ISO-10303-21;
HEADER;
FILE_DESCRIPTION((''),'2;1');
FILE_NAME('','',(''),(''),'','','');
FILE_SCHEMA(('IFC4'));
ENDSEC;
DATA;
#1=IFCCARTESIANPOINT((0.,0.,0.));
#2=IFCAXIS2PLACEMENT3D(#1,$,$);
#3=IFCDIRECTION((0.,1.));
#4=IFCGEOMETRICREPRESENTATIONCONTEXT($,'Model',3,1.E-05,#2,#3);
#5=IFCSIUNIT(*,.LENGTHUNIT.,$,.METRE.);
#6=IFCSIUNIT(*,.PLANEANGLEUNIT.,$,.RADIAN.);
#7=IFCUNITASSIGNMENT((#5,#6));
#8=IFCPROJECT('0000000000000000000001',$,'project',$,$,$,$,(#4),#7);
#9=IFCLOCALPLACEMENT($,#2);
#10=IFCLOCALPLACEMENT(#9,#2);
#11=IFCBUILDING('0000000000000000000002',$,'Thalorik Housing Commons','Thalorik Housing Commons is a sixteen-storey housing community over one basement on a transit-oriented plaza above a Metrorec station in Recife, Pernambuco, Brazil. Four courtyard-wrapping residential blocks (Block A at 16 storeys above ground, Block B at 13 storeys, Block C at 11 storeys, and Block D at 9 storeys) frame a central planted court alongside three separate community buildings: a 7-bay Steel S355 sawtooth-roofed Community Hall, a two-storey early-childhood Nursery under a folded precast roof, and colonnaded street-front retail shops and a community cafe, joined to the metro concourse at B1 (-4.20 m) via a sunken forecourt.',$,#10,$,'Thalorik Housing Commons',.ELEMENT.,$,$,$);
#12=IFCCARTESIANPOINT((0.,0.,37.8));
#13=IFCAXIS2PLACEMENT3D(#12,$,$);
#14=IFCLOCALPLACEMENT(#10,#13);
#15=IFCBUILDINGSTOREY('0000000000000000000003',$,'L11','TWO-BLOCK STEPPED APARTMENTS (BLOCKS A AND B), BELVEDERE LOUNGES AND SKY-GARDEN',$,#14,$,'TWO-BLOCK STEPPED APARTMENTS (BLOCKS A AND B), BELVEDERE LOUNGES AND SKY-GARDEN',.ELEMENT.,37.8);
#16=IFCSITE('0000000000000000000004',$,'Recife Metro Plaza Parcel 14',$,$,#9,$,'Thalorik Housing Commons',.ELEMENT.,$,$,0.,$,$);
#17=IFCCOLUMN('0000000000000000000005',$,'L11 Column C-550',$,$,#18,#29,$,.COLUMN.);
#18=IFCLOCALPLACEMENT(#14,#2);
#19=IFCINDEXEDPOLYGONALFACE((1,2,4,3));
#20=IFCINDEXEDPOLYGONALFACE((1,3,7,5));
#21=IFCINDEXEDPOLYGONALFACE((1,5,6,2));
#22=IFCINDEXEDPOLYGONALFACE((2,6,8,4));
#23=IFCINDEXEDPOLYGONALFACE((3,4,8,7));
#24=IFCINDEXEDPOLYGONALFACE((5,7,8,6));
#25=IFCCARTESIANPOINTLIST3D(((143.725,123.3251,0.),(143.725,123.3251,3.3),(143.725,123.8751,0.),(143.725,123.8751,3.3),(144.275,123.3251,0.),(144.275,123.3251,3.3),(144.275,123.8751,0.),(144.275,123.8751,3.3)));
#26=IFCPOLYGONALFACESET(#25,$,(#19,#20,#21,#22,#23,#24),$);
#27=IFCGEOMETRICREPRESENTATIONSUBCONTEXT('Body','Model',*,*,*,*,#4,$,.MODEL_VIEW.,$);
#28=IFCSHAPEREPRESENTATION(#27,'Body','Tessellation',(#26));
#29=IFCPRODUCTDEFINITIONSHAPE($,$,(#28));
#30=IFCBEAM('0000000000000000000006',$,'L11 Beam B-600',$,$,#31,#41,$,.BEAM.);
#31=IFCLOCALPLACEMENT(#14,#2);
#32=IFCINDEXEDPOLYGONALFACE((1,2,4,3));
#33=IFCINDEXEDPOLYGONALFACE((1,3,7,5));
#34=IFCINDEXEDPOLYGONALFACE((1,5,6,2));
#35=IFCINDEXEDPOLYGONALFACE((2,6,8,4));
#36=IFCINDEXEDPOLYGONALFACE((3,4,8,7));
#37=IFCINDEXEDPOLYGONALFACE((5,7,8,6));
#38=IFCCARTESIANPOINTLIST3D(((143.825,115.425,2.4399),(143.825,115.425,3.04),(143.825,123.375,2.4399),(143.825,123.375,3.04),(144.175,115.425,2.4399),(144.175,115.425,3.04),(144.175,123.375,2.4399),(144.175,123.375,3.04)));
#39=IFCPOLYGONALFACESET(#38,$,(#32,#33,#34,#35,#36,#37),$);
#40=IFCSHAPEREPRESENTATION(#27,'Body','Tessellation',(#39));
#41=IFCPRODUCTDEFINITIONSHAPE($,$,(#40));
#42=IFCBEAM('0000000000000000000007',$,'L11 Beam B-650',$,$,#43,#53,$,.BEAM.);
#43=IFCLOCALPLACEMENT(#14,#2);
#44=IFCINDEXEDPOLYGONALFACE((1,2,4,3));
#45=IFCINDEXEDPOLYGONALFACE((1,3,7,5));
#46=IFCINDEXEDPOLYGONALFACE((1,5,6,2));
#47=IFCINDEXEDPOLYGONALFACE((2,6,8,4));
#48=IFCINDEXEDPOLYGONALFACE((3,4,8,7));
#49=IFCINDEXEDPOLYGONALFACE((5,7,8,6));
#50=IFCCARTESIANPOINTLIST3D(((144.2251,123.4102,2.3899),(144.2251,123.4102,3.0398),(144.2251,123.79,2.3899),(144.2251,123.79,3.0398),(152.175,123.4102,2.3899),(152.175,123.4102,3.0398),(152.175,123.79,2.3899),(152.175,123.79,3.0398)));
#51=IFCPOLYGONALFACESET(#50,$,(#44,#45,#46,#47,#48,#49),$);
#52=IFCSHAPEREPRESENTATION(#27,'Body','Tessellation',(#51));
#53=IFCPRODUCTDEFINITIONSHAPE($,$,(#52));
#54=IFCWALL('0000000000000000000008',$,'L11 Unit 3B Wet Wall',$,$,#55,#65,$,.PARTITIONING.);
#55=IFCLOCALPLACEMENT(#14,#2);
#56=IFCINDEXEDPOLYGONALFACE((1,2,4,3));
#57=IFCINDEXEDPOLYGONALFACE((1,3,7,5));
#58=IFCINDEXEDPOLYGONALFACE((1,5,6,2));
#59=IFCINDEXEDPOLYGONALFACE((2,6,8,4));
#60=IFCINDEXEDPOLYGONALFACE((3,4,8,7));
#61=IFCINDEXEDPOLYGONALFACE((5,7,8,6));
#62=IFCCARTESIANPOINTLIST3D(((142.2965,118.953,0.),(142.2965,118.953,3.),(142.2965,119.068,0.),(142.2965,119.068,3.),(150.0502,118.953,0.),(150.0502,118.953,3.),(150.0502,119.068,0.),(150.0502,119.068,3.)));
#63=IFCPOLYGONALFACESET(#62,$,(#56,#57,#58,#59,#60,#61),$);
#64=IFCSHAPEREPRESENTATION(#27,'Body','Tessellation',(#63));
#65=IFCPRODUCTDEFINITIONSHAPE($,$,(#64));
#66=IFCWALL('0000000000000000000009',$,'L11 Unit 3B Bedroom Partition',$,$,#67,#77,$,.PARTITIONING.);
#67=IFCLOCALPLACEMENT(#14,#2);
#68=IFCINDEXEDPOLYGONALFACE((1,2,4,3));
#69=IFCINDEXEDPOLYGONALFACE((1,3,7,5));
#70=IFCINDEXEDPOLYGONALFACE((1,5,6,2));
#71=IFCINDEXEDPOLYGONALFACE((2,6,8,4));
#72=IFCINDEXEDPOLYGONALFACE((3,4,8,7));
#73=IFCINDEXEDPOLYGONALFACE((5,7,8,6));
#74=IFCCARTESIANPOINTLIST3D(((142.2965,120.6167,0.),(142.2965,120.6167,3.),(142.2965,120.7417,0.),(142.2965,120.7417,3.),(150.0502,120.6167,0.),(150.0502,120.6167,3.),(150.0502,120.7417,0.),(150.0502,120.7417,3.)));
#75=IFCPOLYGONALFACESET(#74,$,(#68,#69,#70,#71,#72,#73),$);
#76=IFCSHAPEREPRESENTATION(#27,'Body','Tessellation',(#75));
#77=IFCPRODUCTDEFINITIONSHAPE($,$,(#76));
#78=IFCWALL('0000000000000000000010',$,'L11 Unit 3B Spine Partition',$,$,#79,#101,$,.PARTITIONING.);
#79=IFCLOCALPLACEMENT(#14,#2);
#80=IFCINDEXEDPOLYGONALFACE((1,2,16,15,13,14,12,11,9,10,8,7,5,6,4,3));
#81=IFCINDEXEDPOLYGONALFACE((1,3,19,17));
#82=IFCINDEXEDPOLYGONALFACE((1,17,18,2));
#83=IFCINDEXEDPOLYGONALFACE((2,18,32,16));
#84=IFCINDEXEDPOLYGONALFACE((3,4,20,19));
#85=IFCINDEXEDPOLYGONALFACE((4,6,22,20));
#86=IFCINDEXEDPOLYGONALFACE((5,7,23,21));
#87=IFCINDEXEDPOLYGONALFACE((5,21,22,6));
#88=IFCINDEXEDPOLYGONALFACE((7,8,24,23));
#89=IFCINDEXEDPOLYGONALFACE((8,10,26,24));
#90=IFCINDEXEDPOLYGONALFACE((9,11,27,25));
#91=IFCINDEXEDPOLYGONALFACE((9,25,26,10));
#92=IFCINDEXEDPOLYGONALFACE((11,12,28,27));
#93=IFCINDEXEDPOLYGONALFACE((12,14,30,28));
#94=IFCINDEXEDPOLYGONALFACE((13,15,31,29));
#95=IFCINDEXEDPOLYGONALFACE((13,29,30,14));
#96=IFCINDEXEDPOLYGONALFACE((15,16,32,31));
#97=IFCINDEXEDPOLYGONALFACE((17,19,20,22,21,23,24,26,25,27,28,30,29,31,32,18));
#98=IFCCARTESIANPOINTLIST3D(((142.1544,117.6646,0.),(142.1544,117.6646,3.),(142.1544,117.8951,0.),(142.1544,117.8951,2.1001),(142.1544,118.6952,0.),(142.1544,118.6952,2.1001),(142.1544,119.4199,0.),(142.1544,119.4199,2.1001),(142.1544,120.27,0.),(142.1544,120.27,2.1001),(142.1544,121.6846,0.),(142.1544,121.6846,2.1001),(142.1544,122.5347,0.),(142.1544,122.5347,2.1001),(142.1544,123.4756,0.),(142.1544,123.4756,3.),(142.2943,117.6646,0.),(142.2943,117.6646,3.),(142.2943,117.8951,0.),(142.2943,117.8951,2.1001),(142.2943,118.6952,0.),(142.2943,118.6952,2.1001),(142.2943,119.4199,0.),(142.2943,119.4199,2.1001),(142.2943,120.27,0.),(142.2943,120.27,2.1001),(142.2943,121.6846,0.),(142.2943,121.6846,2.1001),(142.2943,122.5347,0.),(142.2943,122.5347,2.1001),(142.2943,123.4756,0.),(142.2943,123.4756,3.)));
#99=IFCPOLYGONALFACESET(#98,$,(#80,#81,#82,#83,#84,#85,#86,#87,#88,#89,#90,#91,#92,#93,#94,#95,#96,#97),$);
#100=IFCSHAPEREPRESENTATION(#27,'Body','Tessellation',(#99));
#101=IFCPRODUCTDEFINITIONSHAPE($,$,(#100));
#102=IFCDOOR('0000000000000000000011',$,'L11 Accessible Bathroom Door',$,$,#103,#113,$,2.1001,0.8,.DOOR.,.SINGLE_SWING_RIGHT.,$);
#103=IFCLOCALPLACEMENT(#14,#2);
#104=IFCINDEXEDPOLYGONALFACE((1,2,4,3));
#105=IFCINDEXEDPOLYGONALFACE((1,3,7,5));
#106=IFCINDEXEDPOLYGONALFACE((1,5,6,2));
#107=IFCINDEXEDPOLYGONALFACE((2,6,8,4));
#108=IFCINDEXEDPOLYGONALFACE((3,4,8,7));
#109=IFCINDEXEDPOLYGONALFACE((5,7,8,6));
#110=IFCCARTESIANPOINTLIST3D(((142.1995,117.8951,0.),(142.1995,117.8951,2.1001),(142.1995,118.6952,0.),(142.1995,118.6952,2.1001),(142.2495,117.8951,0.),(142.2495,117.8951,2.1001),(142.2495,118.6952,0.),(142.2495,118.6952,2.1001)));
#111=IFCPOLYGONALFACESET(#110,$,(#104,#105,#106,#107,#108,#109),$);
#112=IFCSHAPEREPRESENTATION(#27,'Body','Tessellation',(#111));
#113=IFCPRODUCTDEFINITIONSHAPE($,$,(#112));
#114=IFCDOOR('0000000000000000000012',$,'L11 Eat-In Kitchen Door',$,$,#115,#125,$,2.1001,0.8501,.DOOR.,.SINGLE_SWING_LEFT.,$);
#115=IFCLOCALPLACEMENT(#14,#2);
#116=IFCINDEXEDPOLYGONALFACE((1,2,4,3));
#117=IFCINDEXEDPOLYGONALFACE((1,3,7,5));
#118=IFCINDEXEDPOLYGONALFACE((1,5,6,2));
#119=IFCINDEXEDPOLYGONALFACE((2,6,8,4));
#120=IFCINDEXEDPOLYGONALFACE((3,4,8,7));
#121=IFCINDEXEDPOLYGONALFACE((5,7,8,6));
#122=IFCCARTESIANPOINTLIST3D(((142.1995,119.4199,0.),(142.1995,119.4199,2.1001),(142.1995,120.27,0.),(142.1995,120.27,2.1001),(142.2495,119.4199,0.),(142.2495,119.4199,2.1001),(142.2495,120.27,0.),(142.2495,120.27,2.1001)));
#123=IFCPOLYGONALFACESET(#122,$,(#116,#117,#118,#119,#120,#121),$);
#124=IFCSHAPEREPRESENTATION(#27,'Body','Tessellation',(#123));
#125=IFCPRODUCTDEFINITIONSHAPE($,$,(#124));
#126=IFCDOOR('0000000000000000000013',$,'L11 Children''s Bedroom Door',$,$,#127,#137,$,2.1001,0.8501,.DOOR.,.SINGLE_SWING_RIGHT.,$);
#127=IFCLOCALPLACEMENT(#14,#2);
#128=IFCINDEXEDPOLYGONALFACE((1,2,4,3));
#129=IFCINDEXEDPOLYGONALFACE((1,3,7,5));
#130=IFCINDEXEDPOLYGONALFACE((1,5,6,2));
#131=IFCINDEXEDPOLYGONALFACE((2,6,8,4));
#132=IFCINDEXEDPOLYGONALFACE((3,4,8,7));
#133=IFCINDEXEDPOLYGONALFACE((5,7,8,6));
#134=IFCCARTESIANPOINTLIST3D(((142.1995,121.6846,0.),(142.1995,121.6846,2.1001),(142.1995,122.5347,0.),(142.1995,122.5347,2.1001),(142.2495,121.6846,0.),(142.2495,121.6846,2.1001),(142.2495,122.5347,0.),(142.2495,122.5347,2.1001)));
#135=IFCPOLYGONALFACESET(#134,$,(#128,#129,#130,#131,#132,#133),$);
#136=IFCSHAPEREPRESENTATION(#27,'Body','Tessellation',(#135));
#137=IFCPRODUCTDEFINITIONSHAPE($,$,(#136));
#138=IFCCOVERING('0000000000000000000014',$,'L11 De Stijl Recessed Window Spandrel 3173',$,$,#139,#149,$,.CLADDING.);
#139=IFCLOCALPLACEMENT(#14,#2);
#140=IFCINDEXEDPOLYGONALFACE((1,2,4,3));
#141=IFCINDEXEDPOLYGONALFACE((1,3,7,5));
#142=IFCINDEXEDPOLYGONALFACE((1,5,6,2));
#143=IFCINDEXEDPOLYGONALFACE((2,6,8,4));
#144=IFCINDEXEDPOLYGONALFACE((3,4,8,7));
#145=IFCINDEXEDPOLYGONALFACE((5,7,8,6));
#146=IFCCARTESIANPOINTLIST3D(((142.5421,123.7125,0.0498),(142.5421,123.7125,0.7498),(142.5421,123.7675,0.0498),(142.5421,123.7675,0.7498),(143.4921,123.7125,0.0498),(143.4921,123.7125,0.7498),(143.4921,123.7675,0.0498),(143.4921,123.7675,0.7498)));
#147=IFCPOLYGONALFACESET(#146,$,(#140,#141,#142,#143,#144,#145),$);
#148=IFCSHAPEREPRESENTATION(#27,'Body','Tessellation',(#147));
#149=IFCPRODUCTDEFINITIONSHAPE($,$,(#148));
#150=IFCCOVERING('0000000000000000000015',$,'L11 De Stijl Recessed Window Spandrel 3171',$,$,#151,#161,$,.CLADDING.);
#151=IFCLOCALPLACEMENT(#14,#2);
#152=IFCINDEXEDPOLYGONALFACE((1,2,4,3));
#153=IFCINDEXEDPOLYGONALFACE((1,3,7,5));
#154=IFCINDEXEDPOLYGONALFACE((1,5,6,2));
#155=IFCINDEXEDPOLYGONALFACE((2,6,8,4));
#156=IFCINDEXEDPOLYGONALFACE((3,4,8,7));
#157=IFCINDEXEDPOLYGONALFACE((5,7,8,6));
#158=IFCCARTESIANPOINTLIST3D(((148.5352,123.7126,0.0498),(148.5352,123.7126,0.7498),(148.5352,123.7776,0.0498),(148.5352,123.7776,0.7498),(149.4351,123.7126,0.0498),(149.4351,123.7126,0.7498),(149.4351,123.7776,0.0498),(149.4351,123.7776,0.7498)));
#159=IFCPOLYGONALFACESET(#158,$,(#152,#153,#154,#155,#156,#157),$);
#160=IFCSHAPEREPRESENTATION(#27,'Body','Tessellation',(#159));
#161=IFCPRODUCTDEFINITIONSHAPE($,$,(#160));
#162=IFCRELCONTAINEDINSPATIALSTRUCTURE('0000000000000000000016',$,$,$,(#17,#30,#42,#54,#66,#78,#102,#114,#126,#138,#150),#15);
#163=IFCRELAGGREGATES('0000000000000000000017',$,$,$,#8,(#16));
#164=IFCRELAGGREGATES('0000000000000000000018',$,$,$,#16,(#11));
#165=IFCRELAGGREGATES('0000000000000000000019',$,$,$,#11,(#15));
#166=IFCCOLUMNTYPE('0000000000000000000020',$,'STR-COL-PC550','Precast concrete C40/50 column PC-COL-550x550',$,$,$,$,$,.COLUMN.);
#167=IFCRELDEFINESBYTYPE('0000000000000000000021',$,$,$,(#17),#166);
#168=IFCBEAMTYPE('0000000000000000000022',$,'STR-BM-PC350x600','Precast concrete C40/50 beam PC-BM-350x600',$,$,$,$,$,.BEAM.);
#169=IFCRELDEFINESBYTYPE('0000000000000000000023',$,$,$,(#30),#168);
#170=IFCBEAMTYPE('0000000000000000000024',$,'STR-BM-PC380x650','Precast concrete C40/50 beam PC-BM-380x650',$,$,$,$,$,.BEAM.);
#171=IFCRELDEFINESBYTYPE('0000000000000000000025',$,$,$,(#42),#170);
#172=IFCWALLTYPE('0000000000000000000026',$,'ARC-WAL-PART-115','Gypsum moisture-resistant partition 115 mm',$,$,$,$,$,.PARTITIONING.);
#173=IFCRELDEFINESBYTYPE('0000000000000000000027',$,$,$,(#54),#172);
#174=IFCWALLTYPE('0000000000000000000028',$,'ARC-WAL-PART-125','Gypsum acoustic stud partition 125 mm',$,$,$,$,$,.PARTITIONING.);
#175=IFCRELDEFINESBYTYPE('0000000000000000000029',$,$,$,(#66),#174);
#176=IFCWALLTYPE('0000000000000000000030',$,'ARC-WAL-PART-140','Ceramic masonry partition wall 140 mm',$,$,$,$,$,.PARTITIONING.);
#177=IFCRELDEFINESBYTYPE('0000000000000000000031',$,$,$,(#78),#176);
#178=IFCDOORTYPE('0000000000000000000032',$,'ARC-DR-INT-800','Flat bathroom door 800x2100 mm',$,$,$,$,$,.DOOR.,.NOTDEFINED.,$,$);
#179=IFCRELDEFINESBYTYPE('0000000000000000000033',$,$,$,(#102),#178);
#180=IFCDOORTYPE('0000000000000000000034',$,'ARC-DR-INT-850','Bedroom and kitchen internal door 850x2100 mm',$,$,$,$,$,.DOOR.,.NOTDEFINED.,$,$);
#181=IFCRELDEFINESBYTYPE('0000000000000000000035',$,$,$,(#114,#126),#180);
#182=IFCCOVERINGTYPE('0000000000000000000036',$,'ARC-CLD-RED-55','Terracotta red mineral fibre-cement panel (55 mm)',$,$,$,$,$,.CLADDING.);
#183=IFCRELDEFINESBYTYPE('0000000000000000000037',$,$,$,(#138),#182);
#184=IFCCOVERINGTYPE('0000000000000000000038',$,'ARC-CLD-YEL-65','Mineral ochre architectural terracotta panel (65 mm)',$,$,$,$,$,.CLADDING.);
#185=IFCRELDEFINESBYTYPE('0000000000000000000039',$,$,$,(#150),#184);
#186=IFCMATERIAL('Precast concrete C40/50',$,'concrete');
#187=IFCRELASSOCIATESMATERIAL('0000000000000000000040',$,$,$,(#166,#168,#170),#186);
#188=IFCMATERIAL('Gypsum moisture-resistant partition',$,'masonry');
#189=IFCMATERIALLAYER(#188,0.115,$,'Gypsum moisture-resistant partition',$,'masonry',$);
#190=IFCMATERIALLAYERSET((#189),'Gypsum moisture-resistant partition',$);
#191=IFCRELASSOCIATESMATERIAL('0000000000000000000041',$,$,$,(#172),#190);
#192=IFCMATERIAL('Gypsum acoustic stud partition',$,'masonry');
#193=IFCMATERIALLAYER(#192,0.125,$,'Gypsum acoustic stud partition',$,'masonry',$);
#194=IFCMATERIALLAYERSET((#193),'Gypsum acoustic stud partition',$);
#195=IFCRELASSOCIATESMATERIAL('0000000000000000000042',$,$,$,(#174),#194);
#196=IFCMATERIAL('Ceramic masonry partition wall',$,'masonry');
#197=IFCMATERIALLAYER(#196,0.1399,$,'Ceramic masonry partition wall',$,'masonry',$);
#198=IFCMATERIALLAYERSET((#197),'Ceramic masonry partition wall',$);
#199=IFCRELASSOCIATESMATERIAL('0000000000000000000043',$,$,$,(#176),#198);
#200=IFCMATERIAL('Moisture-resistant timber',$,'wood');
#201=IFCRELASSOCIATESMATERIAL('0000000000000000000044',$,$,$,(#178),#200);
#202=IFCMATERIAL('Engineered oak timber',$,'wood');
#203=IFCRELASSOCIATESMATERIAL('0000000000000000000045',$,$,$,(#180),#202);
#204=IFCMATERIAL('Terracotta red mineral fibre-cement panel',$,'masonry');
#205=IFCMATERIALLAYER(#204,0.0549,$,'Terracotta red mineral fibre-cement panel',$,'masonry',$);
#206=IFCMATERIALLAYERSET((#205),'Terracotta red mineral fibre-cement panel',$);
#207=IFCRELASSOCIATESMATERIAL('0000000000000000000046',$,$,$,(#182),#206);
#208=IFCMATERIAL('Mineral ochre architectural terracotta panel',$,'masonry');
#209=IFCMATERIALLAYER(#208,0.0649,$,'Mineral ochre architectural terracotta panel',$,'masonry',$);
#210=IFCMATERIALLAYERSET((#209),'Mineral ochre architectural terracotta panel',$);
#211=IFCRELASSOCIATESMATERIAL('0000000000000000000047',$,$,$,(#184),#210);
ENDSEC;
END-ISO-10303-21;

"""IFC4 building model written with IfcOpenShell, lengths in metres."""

from ifc_helpers import new_model, si_unit, direction, frame, frame_2d, origin, origin_2d, place, context, subcontext, project, spatial, rectangle, extrude, material, layer, layer_set, material_profile, profile_set, type_object, element, fill, save


model = new_model("IFC4")

# Units and contexts
model_context = context("Model", 3, precision=1e-05, world=origin(), true_north=direction((0.0, 1.0)))
body_context = subcontext(model_context, "Body", "Model", "MODEL_VIEW")
ifc_project = project(units=[si_unit("LENGTHUNIT", "METRE"), si_unit("PLANEANGLEUNIT", "RADIAN")], contexts=[model_context])

# Site, building, storey
site_placement = place(None, origin())
site = spatial("IfcSite", under=ifc_project, at=site_placement, Name="Recife Metro Plaza Parcel 14", LongName="Thalorik Housing Commons", CompositionType="ELEMENT", RefElevation=0.0)
building_placement = place(site_placement, origin())
building = spatial("IfcBuilding", under=site, at=building_placement, Name="Thalorik Housing Commons", Description="Thalorik Housing Commons is a sixteen-storey housing community over one basement on a transit-oriented plaza above a Metrorec station in Recife, Pernambuco, Brazil. Four courtyard-wrapping residential blocks (Block A at 16 storeys above ground, Block B at 13 storeys, Block C at 11 storeys, and Block D at 9 storeys) frame a central planted court alongside three separate community buildings: a 7-bay Steel S355 sawtooth-roofed Community Hall, a two-storey early-childhood Nursery under a folded precast roof, and colonnaded street-front retail shops and a community cafe, joined to the metro concourse at B1 (-4.20 m) via a sunken forecourt.", LongName="Thalorik Housing Commons", CompositionType="ELEMENT")
storey_placement = place(building_placement, frame((0.0, 0.0, 37.8)))
storey = spatial("IfcBuildingStorey", under=building, at=storey_placement, Name="L11", Description="TWO-BLOCK STEPPED APARTMENTS (BLOCKS A AND B), BELVEDERE LOUNGES AND SKY-GARDEN", LongName="TWO-BLOCK STEPPED APARTMENTS (BLOCKS A AND B), BELVEDERE LOUNGES AND SKY-GARDEN", CompositionType="ELEMENT", Elevation=37.8)

# Column
ifc_material_1 = material(Name="Precast concrete C40/50", Category="concrete")
ifc_material_profile_1 = material_profile(ifc_material_1, rectangle(XDim=0.55, YDim=0.55, at=origin_2d()), Name="PC 550x550", Category="concrete")
ifc_profile_set_1 = profile_set([ifc_material_profile_1], Name="Precast concrete C40/50")
column_type = type_object("IfcColumnType", Name="STR-COL-PC550", Description="Precast concrete C40/50 column PC-COL-550x550", PredefinedType="COLUMN", material=ifc_profile_set_1)
column_placement = place(storey_placement, frame((144.0, 123.6001, 0.0), z_axis=(0.0, 0.0, 1.0), x_axis=(1.0, 0.0, 0.0)))
element("IfcColumn", 1, at=column_placement, inside=storey, type_object=column_type, Name="L11 Column C-550", PredefinedType="COLUMN", context=body_context, shape_type="SweptSolid", body=[
    extrude(rectangle(XDim=0.55, YDim=0.55, at=origin_2d()), origin(), (0.0, 0.0, 1.0), 3.3),
])

# Beams
ifc_material_profile_2 = material_profile(ifc_material_1, rectangle(XDim=0.3501, YDim=0.6001, at=origin_2d()), Name="PC 350x600", Category="concrete")
ifc_profile_set_2 = profile_set([ifc_material_profile_2], Name="Precast concrete C40/50")
beam_type_1 = type_object("IfcBeamType", Name="STR-BM-PC350x600", Description="Precast concrete C40/50 beam PC-BM-350x600", PredefinedType="BEAM", material=ifc_profile_set_2)
beam_1_placement = place(storey_placement, frame((144.0, 115.425, 2.74), z_axis=(0.0, 1.0, 0.0), x_axis=(-1.0, 0.0, 0.0)))
element("IfcBeam", 2, at=beam_1_placement, inside=storey, type_object=beam_type_1, Name="L11 Beam B-600", PredefinedType="BEAM", context=body_context, shape_type="SweptSolid", body=[
    extrude(rectangle(XDim=0.3501, YDim=0.6001, at=origin_2d()), origin(), (0.0, 0.0, 1.0), 7.95),
])
ifc_material_profile_3 = material_profile(ifc_material_1, rectangle(XDim=0.3799, YDim=0.6499, at=origin_2d()), Name="PC 380x650", Category="concrete")
ifc_profile_set_3 = profile_set([ifc_material_profile_3], Name="Precast concrete C40/50")
beam_type_2 = type_object("IfcBeamType", Name="STR-BM-PC380x650", Description="Precast concrete C40/50 beam PC-BM-380x650", PredefinedType="BEAM", material=ifc_profile_set_3)
beam_2_placement = place(storey_placement, frame((144.2251, 123.6001, 2.7148), z_axis=(1.0, 0.0, 0.0), x_axis=(0.0, 1.0, 0.0)))
element("IfcBeam", 3, at=beam_2_placement, inside=storey, type_object=beam_type_2, Name="L11 Beam B-650", PredefinedType="BEAM", context=body_context, shape_type="SweptSolid", body=[
    extrude(rectangle(XDim=0.3799, YDim=0.6499, at=origin_2d()), origin(), (0.0, 0.0, 1.0), 7.95),
])

# Walls
ifc_material_2 = material(Name="Gypsum moisture-resistant partition", Category="masonry")
ifc_layer_1 = layer(ifc_material_2, 0.115, Name="Gypsum moisture-resistant partition", Category="masonry")
ifc_layer_set_1 = layer_set([ifc_layer_1], Name="Gypsum moisture-resistant partition")
wall_type_1 = type_object("IfcWallType", Name="ARC-WAL-PART-115", Description="Gypsum moisture-resistant partition 115 mm", PredefinedType="PARTITIONING", material=ifc_layer_set_1)
wall_1_placement = place(storey_placement, frame((142.2964, 119.0105, 0.0), z_axis=(0.0, 0.0, 1.0), x_axis=(1.0, 0.0, 0.0)))
element("IfcWall", 4, at=wall_1_placement, inside=storey, type_object=wall_type_1, Name="L11 Unit 3B Wet Wall", PredefinedType="PARTITIONING", context=body_context, shape_type="SweptSolid", body=[
    extrude(rectangle(XDim=7.7537, YDim=0.115, at=frame_2d((3.877, 0.0))), origin(), (0.0, 0.0, 1.0), 3.0),
])
ifc_material_3 = material(Name="Gypsum acoustic stud partition", Category="masonry")
ifc_layer_2 = layer(ifc_material_3, 0.125, Name="Gypsum acoustic stud partition", Category="masonry")
ifc_layer_set_2 = layer_set([ifc_layer_2], Name="Gypsum acoustic stud partition")
wall_type_2 = type_object("IfcWallType", Name="ARC-WAL-PART-125", Description="Gypsum acoustic stud partition 125 mm", PredefinedType="PARTITIONING", material=ifc_layer_set_2)
wall_2_placement = place(storey_placement, frame((142.2964, 120.6792, 0.0), z_axis=(0.0, 0.0, 1.0), x_axis=(1.0, 0.0, 0.0)))
element("IfcWall", 5, at=wall_2_placement, inside=storey, type_object=wall_type_2, Name="L11 Unit 3B Bedroom Partition", PredefinedType="PARTITIONING", context=body_context, shape_type="SweptSolid", body=[
    extrude(rectangle(XDim=7.7537, YDim=0.125, at=frame_2d((3.877, 0.0))), origin(), (0.0, 0.0, 1.0), 3.0),
])

# Wall, openings, doors
ifc_material_4 = material(Name="Ceramic masonry partition wall", Category="masonry")
ifc_layer_3 = layer(ifc_material_4, 0.1399, Name="Ceramic masonry partition wall", Category="masonry")
ifc_layer_set_3 = layer_set([ifc_layer_3], Name="Ceramic masonry partition wall")
wall_type_3 = type_object("IfcWallType", Name="ARC-WAL-PART-140", Description="Ceramic masonry partition wall 140 mm", PredefinedType="PARTITIONING", material=ifc_layer_set_3)
wall_3_placement = place(storey_placement, frame((142.2244, 117.6646, 0.0), z_axis=(0.0, 0.0, 1.0), x_axis=(0.0, 1.0, 0.0)))
wall_3 = element("IfcWall", 6, at=wall_3_placement, inside=storey, type_object=wall_type_3, Name="L11 Unit 3B Spine Partition", PredefinedType="PARTITIONING", context=body_context, shape_type="SweptSolid", body=[
    extrude(rectangle(XDim=5.811, YDim=0.1399, at=frame_2d((2.9055, 0.0))), origin(), (0.0, 0.0, 1.0), 3.0),
])
opening_1_placement = place(wall_3_placement, frame((0.2307, 0.0, 0.0)))
opening_1 = element("IfcOpeningElement", 7, at=opening_1_placement, cuts=wall_3, PredefinedType="OPENING", context=body_context, shape_type="SweptSolid", body=[
    extrude(rectangle(XDim=0.8, YDim=2.1001, at=frame_2d((0.3999, 1.05))), frame((0.0, 0.0801, 0.0), z_axis=(0.0, -1.0, 0.0), x_axis=(1.0, 0.0, 0.0)), (0.0, 0.0, 1.0), 0.1599),
])
opening_2_placement = place(wall_3_placement, frame((1.7554, 0.0, 0.0)))
opening_2 = element("IfcOpeningElement", 8, at=opening_2_placement, cuts=wall_3, PredefinedType="OPENING", context=body_context, shape_type="SweptSolid", body=[
    extrude(rectangle(XDim=0.8501, YDim=2.1001, at=frame_2d((0.425, 1.05))), frame((0.0, 0.0801, 0.0), z_axis=(0.0, -1.0, 0.0), x_axis=(1.0, 0.0, 0.0)), (0.0, 0.0, 1.0), 0.1599),
])
opening_3_placement = place(wall_3_placement, frame((4.02, 0.0, 0.0)))
opening_3 = element("IfcOpeningElement", 9, at=opening_3_placement, cuts=wall_3, PredefinedType="OPENING", context=body_context, shape_type="SweptSolid", body=[
    extrude(rectangle(XDim=0.8501, YDim=2.1001, at=frame_2d((0.425, 1.05))), frame((0.0, 0.0801, 0.0), z_axis=(0.0, -1.0, 0.0), x_axis=(1.0, 0.0, 0.0)), (0.0, 0.0, 1.0), 0.1599),
])
ifc_material_5 = material(Name="Moisture-resistant timber", Category="wood")
door_type_1 = type_object("IfcDoorType", Name="ARC-DR-INT-800", Description="Flat bathroom door 800x2100 mm", OperationType="NOTDEFINED", PredefinedType="DOOR", material=ifc_material_5)
door_1_placement = place(opening_1_placement, origin())
door_1 = element("IfcDoor", 10, at=door_1_placement, inside=storey, type_object=door_type_1, Name="L11 Accessible Bathroom Door", OperationType="SINGLE_SWING_RIGHT", OverallHeight=2.1001, OverallWidth=0.8, PredefinedType="DOOR", context=body_context, shape_type="SweptSolid", body=[
    extrude(rectangle(XDim=0.8, YDim=2.1001, at=frame_2d((0.3999, 1.05))), frame((0.0, 0.0249, 0.0), z_axis=(0.0, -1.0, 0.0), x_axis=(1.0, 0.0, 0.0)), (0.0, 0.0, 1.0), 0.05),
])
fill(opening_1, door_1)
ifc_material_6 = material(Name="Engineered oak timber", Category="wood")
door_type_2 = type_object("IfcDoorType", Name="ARC-DR-INT-850", Description="Bedroom and kitchen internal door 850x2100 mm", OperationType="NOTDEFINED", PredefinedType="DOOR", material=ifc_material_6)
door_2_placement = place(opening_2_placement, origin())
door_2 = element("IfcDoor", 11, at=door_2_placement, inside=storey, type_object=door_type_2, Name="L11 Eat-In Kitchen Door", OperationType="SINGLE_SWING_LEFT", OverallHeight=2.1001, OverallWidth=0.8501, PredefinedType="DOOR", context=body_context, shape_type="SweptSolid", body=[
    extrude(rectangle(XDim=0.8501, YDim=2.1001, at=frame_2d((0.425, 1.05))), frame((0.0, 0.0249, 0.0), z_axis=(0.0, -1.0, 0.0), x_axis=(1.0, 0.0, 0.0)), (0.0, 0.0, 1.0), 0.05),
])
fill(opening_2, door_2)
door_3_placement = place(opening_3_placement, origin())
door_3 = element("IfcDoor", 12, at=door_3_placement, inside=storey, type_object=door_type_2, Name="L11 Children's Bedroom Door", OperationType="SINGLE_SWING_RIGHT", OverallHeight=2.1001, OverallWidth=0.8501, PredefinedType="DOOR", context=body_context, shape_type="SweptSolid", body=[
    extrude(rectangle(XDim=0.8501, YDim=2.1001, at=frame_2d((0.425, 1.05))), frame((0.0, 0.0249, 0.0), z_axis=(0.0, -1.0, 0.0), x_axis=(1.0, 0.0, 0.0)), (0.0, 0.0, 1.0), 0.05),
])
fill(opening_3, door_3)

# Coverings
ifc_material_7 = material(Name="Terracotta red mineral fibre-cement panel", Category="masonry")
ifc_layer_4 = layer(ifc_material_7, 0.0549, Name="Terracotta red mineral fibre-cement panel", Category="masonry")
ifc_layer_set_4 = layer_set([ifc_layer_4], Name="Terracotta red mineral fibre-cement panel")
covering_type_1 = type_object("IfcCoveringType", Name="ARC-CLD-RED-55", Description="Terracotta red mineral fibre-cement panel (55 mm)", PredefinedType="CLADDING", material=ifc_layer_set_4)
covering_1_placement = place(storey_placement, frame((143.0171, 123.74, 0.0498), z_axis=(0.0, 0.0, 1.0), x_axis=(-1.0, 0.0, 0.0)))
element("IfcCovering", 13, at=covering_1_placement, inside=storey, type_object=covering_type_1, Name="L11 De Stijl Recessed Window Spandrel 3173", PredefinedType="CLADDING", context=body_context, shape_type="SweptSolid", body=[
    extrude(rectangle(XDim=0.95, YDim=0.0549, at=origin_2d()), origin(), (0.0, 0.0, 1.0), 0.7),
])
ifc_material_8 = material(Name="Mineral ochre architectural terracotta panel", Category="masonry")
ifc_layer_5 = layer(ifc_material_8, 0.0649, Name="Mineral ochre architectural terracotta panel", Category="masonry")
ifc_layer_set_5 = layer_set([ifc_layer_5], Name="Mineral ochre architectural terracotta panel")
covering_type_2 = type_object("IfcCoveringType", Name="ARC-CLD-YEL-65", Description="Mineral ochre architectural terracotta panel (65 mm)", PredefinedType="CLADDING", material=ifc_layer_set_5)
covering_2_placement = place(storey_placement, frame((148.9851, 123.7451, 0.0498), z_axis=(0.0, 0.0, 1.0), x_axis=(-1.0, 0.0, 0.0)))
element("IfcCovering", 14, at=covering_2_placement, inside=storey, type_object=covering_type_2, Name="L11 De Stijl Recessed Window Spandrel 3171", PredefinedType="CLADDING", context=body_context, shape_type="SweptSolid", body=[
    extrude(rectangle(XDim=0.8999, YDim=0.0649, at=origin_2d()), origin(), (0.0, 0.0, 1.0), 0.7),
])

save(model, "model.ifc")
